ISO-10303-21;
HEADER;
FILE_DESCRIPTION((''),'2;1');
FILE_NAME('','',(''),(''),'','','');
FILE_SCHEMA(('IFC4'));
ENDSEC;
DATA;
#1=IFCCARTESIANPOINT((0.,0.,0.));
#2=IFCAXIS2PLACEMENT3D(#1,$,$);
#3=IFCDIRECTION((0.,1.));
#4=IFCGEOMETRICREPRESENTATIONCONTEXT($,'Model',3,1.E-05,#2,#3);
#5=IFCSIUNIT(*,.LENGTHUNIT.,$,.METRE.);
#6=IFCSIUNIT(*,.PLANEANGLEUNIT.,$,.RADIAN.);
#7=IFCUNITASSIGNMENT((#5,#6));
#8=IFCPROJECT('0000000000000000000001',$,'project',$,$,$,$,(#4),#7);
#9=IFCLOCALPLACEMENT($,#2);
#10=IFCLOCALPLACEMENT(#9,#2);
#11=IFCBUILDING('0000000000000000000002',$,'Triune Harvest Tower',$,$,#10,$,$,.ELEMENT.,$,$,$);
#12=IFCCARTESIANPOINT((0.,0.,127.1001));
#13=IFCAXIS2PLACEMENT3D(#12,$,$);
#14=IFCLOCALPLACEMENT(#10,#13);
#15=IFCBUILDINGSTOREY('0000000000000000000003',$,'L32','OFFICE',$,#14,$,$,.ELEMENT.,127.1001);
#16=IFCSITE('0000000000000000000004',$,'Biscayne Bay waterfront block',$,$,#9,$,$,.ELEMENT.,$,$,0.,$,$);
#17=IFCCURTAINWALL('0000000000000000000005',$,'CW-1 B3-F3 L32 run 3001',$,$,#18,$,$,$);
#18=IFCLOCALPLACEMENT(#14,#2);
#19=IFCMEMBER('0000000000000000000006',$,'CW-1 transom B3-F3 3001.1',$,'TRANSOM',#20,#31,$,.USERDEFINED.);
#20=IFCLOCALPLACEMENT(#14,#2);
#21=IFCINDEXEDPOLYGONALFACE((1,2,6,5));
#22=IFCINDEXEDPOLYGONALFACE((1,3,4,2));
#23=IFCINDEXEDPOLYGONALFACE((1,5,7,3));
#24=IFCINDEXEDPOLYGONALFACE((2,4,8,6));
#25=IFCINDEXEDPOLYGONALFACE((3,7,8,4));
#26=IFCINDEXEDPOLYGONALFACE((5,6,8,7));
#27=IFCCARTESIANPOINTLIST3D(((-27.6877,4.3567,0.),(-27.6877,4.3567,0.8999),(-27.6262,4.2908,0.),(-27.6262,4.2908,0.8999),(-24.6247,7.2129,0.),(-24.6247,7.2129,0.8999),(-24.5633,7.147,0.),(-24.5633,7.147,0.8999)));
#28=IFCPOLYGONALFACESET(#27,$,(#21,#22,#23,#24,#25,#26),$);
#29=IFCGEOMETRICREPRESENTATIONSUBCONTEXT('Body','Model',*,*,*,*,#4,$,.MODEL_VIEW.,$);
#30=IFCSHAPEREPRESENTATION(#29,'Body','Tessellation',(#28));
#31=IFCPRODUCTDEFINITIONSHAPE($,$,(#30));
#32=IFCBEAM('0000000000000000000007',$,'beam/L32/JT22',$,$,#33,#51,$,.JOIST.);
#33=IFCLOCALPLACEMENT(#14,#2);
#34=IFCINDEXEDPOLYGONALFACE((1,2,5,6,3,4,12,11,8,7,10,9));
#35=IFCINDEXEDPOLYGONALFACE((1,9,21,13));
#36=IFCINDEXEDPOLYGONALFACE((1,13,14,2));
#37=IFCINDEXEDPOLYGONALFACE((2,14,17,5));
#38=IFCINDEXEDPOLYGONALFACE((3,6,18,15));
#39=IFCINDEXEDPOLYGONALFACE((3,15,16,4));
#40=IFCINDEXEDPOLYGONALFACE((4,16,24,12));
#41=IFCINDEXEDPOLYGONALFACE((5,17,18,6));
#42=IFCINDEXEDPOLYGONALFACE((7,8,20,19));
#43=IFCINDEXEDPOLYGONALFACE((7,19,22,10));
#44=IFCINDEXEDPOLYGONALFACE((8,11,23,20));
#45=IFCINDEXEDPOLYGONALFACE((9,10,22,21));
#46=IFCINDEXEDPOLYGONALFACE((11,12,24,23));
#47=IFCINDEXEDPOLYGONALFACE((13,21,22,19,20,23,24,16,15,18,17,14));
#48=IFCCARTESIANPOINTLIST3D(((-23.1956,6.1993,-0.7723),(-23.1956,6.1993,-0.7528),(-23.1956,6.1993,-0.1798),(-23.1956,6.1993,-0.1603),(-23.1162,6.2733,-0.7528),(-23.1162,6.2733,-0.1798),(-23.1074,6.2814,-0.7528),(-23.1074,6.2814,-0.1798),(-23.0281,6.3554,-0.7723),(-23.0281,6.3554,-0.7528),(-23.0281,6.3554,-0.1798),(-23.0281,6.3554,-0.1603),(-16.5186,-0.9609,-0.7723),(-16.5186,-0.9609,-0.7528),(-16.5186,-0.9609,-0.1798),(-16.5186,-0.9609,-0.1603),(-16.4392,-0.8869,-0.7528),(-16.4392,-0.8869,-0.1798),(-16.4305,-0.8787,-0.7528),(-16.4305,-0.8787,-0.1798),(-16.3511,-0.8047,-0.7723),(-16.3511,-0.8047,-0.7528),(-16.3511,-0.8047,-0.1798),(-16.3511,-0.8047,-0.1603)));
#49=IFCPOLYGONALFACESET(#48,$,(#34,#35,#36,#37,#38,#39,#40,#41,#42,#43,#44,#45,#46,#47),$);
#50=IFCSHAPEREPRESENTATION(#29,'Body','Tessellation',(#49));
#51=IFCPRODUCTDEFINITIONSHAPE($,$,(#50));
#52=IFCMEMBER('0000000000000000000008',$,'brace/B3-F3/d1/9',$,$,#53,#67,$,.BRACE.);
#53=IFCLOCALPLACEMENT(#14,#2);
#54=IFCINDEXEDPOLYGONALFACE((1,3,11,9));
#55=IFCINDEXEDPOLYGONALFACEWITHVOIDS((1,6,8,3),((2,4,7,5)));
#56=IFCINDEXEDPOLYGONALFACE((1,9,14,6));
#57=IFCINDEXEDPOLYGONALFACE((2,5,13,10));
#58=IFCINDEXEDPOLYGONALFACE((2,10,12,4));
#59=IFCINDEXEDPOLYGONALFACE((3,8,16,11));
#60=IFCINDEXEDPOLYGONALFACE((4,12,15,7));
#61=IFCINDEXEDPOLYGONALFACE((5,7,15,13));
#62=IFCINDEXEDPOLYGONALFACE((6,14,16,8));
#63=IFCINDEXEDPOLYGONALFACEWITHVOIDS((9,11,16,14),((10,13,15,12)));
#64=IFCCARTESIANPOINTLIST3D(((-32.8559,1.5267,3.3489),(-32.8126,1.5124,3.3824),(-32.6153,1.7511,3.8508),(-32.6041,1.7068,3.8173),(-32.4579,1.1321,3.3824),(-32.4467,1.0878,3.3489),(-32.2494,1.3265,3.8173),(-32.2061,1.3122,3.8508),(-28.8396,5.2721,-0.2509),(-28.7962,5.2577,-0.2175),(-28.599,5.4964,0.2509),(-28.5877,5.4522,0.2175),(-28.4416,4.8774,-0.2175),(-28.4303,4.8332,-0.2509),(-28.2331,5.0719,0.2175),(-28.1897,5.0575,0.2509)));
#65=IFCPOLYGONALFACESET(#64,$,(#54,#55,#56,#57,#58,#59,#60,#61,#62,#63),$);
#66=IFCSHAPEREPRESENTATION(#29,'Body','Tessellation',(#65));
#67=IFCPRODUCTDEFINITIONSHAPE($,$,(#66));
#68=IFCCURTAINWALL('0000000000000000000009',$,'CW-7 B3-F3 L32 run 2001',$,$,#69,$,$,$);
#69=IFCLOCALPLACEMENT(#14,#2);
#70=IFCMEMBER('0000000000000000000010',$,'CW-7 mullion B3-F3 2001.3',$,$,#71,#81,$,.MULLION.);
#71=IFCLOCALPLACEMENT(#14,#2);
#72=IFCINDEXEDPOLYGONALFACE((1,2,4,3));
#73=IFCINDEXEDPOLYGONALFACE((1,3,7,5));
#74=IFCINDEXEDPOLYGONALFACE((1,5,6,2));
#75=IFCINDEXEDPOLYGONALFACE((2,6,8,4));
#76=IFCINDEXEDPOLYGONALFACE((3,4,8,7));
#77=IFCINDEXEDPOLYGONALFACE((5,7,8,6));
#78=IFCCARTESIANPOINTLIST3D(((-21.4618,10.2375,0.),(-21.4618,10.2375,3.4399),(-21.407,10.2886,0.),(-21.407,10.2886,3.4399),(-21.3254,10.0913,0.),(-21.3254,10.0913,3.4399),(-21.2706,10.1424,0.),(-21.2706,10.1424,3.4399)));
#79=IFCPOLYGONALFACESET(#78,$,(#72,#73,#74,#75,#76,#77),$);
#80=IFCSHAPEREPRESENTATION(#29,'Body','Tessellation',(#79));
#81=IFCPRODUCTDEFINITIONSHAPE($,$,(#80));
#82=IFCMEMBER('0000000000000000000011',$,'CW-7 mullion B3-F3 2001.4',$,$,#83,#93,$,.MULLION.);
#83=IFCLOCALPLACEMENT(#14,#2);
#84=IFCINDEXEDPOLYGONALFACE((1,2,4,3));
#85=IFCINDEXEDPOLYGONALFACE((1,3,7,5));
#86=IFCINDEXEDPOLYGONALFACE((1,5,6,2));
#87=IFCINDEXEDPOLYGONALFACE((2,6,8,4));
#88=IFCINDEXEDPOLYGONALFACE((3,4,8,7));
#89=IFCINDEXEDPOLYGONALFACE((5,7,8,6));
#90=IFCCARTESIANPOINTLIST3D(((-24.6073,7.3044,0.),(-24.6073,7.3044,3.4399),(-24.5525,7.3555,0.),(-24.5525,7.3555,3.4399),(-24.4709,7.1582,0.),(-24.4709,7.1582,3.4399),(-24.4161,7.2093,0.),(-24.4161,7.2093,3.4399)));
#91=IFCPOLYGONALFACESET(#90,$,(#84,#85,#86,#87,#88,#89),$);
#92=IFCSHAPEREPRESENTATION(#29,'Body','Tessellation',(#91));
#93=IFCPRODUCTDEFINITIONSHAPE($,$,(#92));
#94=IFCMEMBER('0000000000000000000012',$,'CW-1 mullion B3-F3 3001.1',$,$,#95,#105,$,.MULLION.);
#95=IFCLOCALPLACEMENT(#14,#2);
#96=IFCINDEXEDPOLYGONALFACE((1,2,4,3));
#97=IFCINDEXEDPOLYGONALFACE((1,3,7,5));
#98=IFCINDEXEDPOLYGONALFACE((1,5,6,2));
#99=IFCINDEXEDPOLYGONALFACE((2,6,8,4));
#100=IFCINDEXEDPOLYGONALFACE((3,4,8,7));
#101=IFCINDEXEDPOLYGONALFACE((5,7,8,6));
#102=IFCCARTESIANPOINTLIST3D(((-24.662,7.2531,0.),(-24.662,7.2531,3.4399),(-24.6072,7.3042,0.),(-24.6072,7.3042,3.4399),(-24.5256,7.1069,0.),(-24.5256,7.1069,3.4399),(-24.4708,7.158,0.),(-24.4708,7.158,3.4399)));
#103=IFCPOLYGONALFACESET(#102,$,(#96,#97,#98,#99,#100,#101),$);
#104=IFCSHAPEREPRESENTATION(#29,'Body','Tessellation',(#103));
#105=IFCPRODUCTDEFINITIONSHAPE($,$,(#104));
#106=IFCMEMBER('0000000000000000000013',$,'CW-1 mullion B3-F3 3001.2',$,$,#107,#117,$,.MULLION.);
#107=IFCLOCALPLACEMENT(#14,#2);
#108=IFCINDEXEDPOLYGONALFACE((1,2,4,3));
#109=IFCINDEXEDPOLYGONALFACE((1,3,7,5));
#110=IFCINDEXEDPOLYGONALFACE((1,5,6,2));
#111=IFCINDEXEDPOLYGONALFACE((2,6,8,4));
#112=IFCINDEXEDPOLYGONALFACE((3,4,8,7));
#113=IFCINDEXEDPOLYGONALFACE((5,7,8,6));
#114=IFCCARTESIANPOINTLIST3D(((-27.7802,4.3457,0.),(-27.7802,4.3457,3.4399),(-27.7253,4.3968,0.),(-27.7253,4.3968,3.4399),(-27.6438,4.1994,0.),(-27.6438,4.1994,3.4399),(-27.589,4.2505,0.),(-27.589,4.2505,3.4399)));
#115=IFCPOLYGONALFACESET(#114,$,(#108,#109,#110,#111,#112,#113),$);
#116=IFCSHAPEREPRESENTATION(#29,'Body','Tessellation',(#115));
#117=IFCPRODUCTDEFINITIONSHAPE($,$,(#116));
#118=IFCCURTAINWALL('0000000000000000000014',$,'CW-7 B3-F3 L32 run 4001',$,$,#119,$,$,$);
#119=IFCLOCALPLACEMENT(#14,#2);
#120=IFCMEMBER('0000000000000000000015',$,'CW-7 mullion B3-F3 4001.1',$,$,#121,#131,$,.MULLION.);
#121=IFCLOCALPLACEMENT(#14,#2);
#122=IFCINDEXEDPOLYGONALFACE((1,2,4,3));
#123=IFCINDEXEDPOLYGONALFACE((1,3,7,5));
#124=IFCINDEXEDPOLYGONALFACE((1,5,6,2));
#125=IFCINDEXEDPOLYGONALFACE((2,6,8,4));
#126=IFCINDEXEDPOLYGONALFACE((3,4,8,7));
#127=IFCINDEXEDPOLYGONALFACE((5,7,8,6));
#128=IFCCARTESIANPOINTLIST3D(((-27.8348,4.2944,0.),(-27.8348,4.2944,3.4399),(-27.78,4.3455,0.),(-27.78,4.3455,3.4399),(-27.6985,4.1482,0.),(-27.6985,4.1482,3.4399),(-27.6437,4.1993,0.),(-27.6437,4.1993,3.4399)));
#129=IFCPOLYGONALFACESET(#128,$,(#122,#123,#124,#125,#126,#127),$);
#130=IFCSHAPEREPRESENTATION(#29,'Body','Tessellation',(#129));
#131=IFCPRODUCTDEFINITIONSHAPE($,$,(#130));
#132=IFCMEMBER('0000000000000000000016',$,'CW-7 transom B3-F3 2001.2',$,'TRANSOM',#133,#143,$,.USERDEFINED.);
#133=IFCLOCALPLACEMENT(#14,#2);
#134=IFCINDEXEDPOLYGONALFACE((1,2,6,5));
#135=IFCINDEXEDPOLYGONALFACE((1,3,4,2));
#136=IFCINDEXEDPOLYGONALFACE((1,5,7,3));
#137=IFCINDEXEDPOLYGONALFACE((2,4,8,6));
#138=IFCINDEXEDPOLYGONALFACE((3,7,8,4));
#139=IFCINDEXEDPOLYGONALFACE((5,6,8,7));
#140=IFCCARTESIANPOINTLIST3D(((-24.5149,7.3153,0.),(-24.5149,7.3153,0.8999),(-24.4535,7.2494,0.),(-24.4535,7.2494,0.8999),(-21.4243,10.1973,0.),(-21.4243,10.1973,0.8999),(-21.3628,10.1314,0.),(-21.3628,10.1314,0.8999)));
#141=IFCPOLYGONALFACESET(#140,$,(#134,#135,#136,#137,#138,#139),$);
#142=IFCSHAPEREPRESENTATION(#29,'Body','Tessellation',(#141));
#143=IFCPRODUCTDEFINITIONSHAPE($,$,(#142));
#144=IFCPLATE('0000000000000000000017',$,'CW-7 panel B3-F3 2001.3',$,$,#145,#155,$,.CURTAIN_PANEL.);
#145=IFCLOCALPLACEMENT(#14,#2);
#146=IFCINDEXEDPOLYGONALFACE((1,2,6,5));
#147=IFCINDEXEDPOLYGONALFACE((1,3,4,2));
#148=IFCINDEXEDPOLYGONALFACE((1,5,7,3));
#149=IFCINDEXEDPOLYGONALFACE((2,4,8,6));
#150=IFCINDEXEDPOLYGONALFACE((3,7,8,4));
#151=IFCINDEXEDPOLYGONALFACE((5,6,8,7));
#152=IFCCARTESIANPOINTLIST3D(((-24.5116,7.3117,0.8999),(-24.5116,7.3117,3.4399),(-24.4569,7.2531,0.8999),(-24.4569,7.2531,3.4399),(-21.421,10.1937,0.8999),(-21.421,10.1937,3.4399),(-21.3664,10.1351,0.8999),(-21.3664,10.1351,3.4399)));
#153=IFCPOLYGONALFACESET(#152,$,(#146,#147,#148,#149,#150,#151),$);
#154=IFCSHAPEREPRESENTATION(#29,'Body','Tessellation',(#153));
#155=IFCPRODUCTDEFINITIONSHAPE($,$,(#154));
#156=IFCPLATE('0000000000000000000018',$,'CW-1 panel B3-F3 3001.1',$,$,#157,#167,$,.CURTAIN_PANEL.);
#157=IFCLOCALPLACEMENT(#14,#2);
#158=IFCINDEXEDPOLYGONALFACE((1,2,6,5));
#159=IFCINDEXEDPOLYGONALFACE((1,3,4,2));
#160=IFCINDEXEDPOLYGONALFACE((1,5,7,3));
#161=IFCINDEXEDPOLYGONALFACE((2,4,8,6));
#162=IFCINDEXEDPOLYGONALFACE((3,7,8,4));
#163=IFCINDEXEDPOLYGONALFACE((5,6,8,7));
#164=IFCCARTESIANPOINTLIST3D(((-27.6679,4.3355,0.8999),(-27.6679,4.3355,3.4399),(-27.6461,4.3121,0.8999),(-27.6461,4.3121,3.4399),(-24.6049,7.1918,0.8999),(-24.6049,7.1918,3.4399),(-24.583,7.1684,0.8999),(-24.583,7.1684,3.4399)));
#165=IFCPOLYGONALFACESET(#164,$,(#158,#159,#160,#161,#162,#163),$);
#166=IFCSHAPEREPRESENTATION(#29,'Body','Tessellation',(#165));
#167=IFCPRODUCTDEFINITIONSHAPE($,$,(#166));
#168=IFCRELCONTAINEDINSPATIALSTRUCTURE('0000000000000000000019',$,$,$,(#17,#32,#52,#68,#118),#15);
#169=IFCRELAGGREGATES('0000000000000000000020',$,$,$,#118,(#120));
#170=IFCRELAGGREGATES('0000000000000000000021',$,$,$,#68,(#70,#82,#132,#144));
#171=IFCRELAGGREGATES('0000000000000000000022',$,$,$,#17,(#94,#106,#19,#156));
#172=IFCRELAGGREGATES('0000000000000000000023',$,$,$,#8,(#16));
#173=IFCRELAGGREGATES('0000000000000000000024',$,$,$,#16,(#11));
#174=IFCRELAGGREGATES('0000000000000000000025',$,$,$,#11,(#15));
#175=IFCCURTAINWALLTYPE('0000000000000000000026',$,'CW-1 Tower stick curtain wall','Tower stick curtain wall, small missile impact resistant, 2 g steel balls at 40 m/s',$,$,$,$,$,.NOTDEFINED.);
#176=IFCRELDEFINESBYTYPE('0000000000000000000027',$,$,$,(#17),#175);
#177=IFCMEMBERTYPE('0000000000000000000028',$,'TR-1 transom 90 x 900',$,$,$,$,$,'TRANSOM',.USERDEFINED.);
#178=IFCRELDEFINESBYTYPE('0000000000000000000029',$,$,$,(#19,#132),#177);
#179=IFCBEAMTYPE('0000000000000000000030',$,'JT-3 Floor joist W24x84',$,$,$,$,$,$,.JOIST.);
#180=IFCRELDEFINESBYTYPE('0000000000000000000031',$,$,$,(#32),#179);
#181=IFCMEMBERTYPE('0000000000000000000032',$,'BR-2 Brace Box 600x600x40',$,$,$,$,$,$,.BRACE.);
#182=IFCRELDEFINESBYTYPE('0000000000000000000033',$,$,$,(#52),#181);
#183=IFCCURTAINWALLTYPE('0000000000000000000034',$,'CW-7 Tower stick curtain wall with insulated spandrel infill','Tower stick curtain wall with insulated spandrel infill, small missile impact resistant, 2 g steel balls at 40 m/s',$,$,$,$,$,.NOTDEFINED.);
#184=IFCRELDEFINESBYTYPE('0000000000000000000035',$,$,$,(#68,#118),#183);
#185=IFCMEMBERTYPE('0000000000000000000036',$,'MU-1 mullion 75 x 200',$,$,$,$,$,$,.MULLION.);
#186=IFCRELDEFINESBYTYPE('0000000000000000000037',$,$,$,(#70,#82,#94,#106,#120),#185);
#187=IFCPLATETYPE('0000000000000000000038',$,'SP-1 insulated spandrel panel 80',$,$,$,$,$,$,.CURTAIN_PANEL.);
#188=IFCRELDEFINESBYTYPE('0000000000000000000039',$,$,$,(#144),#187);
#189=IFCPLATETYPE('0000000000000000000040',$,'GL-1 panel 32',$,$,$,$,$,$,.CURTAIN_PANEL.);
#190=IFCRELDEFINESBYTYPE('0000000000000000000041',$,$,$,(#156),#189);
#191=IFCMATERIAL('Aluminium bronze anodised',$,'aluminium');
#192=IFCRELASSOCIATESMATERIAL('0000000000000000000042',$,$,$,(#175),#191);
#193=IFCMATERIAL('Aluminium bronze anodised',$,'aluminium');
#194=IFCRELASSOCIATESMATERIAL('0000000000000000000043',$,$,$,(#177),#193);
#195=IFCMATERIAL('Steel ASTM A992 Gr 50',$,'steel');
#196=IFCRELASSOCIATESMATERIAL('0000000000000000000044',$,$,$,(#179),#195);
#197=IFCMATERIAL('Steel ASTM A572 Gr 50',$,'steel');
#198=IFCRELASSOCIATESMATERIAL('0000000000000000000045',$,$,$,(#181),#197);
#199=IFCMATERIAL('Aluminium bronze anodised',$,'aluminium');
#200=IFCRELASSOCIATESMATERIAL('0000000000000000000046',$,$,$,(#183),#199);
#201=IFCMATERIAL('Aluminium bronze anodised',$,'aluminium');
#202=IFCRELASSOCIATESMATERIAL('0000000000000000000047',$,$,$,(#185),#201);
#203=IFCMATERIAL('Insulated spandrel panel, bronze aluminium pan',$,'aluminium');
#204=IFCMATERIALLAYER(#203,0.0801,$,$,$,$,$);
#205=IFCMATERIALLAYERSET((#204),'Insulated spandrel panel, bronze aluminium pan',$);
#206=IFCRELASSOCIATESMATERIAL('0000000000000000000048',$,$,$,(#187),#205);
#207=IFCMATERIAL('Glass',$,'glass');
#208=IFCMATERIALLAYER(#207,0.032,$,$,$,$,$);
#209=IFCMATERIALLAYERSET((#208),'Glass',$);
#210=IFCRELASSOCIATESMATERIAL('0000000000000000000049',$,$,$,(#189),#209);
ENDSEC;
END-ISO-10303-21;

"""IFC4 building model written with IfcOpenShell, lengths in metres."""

from ifc_helpers import new_model, si_unit, direction, frame, origin, origin_2d, place, context, subcontext, project, spatial, rectangle, hollow_rectangle, i_section, extrude, source, transform, mapped, material, layer, layer_set, material_profile, profile_set, type_object, element, aggregate, save


model = new_model("IFC4")

# Units and contexts
model_context = context("Model", 3, precision=1e-05, world=origin(), true_north=direction((0.0, 1.0)))
body_context = subcontext(model_context, "Body", "Model", "MODEL_VIEW")
ifc_project = project(units=[si_unit("LENGTHUNIT", "METRE"), si_unit("PLANEANGLEUNIT", "RADIAN")], contexts=[model_context])

# Site, building, storey
site_placement = place(None, origin())
site = spatial("IfcSite", under=ifc_project, at=site_placement, Name="Biscayne Bay waterfront block", CompositionType="ELEMENT", RefElevation=0.0)
building_placement = place(site_placement, origin())
building = spatial("IfcBuilding", under=site, at=building_placement, Name="Triune Harvest Tower", CompositionType="ELEMENT")
storey_placement = place(building_placement, frame((0.0, 0.0, 127.1001)))
storey = spatial("IfcBuildingStorey", under=building, at=storey_placement, Name="L32", Description="OFFICE", CompositionType="ELEMENT", Elevation=127.1001)

# Curtain wall, member
ifc_material_1 = material(Name="Aluminium bronze anodised", Category="aluminium")
curtain_wall_type_1 = type_object("IfcCurtainWallType", Name="CW-1 Tower stick curtain wall", Description="Tower stick curtain wall, small missile impact resistant, 2 g steel balls at 40 m/s", PredefinedType="NOTDEFINED", material=ifc_material_1)
curtain_wall_1_placement = place(storey_placement, origin())
curtain_wall_1 = element("IfcCurtainWall", 1, at=curtain_wall_1_placement, inside=storey, type_object=curtain_wall_type_1, Name="CW-1 B3-F3 L32 run 3001")
ifc_material_2 = material(Name="Aluminium bronze anodised", Category="aluminium")
ifc_material_profile_1 = material_profile(ifc_material_2, rectangle(XDim=0.0901, YDim=0.8999, at=origin_2d()), Name="TR-1 transom 90 x 900")
ifc_profile_set_1 = profile_set([ifc_material_profile_1], Name="Aluminium bronze anodised")
member_type_1 = type_object("IfcMemberType", Name="TR-1 transom 90 x 900", ElementType="TRANSOM", PredefinedType="USERDEFINED", material=ifc_profile_set_1)
member_1_placement = place(storey_placement, frame((-24.594, 7.1799, 0.45), z_axis=(-0.731363, -0.681988, 0.0), x_axis=(0.681988, -0.731363, 0.0)))
member_1 = element("IfcMember", 2, at=member_1_placement, type_object=member_type_1, Name="CW-1 transom B3-F3 3001.1", ObjectType="TRANSOM", PredefinedType="USERDEFINED", context=body_context, shape_type="SweptSolid", body=[
    extrude(rectangle(XDim=0.0901, YDim=0.8999, at=origin_2d()), origin(), (0.0, 0.0, 1.0), 4.188),
])

# Beam
ifc_material_3 = material(Name="Steel ASTM A992 Gr 50", Category="steel")
ifc_material_profile_2 = material_profile(ifc_material_3, i_section(OverallWidth=0.229, OverallDepth=0.6121, WebThickness=0.012, FlangeThickness=0.0195, at=origin_2d()), Name="W24x84")
ifc_profile_set_2 = profile_set([ifc_material_profile_2], Name="Steel ASTM A992 Gr 50")
beam_type = type_object("IfcBeamType", Name="JT-3 Floor joist W24x84", PredefinedType="JOIST", material=ifc_profile_set_2)
shared_shape_1 = source(origin(), body_context, "Body", "SweptSolid", [
    extrude(i_section(OverallWidth=0.229, OverallDepth=0.6121, WebThickness=0.012, FlangeThickness=0.0195, at=origin_2d()), origin(), (0.0, 0.0, 1.0), 9.7903),
])
beam_placement = place(storey_placement, frame((-23.1118, 6.2773, -0.4663), z_axis=(0.682001, -0.731351, 0.0), x_axis=(0.731351, 0.682001, 0.0)))
element("IfcBeam", 3, at=beam_placement, inside=storey, type_object=beam_type, Name="beam/L32/JT22", PredefinedType="JOIST", context=body_context, shape_type="MappedRepresentation", body=[
    mapped(shared_shape_1, transform((0.0, 0.0, 0.0), scale=1.0)),
])

# Member
ifc_material_4 = material(Name="Steel ASTM A572 Gr 50", Category="steel")
ifc_material_profile_3 = material_profile(ifc_material_4, hollow_rectangle(XDim=0.6001, YDim=0.6001, WallThickness=0.04, at=origin_2d()), Name="Box 600x600x40")
ifc_profile_set_3 = profile_set([ifc_material_profile_3], Name="Steel ASTM A572 Gr 50")
member_type_2 = type_object("IfcMemberType", Name="BR-2 Brace Box 600x600x40", PredefinedType="BRACE", material=ifc_profile_set_3)
shared_shape_2 = source(origin(), body_context, "Body", "SweptSolid", [
    extrude(hollow_rectangle(XDim=0.6001, YDim=0.6001, WallThickness=0.04, at=origin_2d()), origin(), (0.0, 0.0, 1.0), 6.5664),
])
member_2_placement = place(storey_placement, frame((-28.5146, 5.1648, 0.0), z_axis=(-0.611651, -0.570381, 0.548222), x_axis=(0.682003, -0.731349, 0.0)))
element("IfcMember", 4, at=member_2_placement, inside=storey, type_object=member_type_2, Name="brace/B3-F3/d1/9", PredefinedType="BRACE", context=body_context, shape_type="MappedRepresentation", body=[
    mapped(shared_shape_2, transform((0.0, 0.0, 0.0), scale=1.0)),
])

# Curtain wall, members
ifc_material_5 = material(Name="Aluminium bronze anodised", Category="aluminium")
curtain_wall_type_2 = type_object("IfcCurtainWallType", Name="CW-7 Tower stick curtain wall with insulated spandrel infill", Description="Tower stick curtain wall with insulated spandrel infill, small missile impact resistant, 2 g steel balls at 40 m/s", PredefinedType="NOTDEFINED", material=ifc_material_5)
curtain_wall_2_placement = place(storey_placement, origin())
curtain_wall_2 = element("IfcCurtainWall", 5, at=curtain_wall_2_placement, inside=storey, type_object=curtain_wall_type_2, Name="CW-7 B3-F3 L32 run 2001")
ifc_material_6 = material(Name="Aluminium bronze anodised", Category="aluminium")
ifc_material_profile_4 = material_profile(ifc_material_6, rectangle(XDim=0.2, YDim=0.075, at=origin_2d()), Name="MU-1 mullion 75 x 200")
ifc_profile_set_4 = profile_set([ifc_material_profile_4], Name="Aluminium bronze anodised")
member_type_3 = type_object("IfcMemberType", Name="MU-1 mullion 75 x 200", PredefinedType="MULLION", material=ifc_profile_set_4)
shared_shape_3 = source(origin(), body_context, "Body", "SweptSolid", [
    extrude(rectangle(XDim=0.2, YDim=0.075, at=origin_2d()), origin(), (0.0, 0.0, 1.0), 3.4399),
])
member_3_placement = place(storey_placement, frame((-21.3662, 10.1899, 0.0), z_axis=(0.0, 0.0, 1.0), x_axis=(0.681997, -0.731355, 0.0)))
member_3 = element("IfcMember", 6, at=member_3_placement, type_object=member_type_3, Name="CW-7 mullion B3-F3 2001.3", PredefinedType="MULLION", context=body_context, shape_type="MappedRepresentation", body=[
    mapped(shared_shape_3, transform((0.0, 0.0, 0.0), scale=1.0)),
])
member_4_placement = place(storey_placement, frame((-24.5117, 7.2568, 0.0), z_axis=(0.0, 0.0, 1.0), x_axis=(0.681997, -0.731355, 0.0)))
member_4 = element("IfcMember", 7, at=member_4_placement, type_object=member_type_3, Name="CW-7 mullion B3-F3 2001.4", PredefinedType="MULLION", context=body_context, shape_type="MappedRepresentation", body=[
    mapped(shared_shape_3, transform((0.0, 0.0, 0.0), scale=1.0)),
])

# Members
member_5_placement = place(storey_placement, frame((-24.5664, 7.2056, 0.0), z_axis=(0.0, 0.0, 1.0), x_axis=(0.682, -0.731352, 0.0)))
member_5 = element("IfcMember", 8, at=member_5_placement, type_object=member_type_3, Name="CW-1 mullion B3-F3 3001.1", PredefinedType="MULLION", context=body_context, shape_type="MappedRepresentation", body=[
    mapped(shared_shape_3, transform((0.0, 0.0, 0.0), scale=1.0)),
])
member_6_placement = place(storey_placement, frame((-27.6846, 4.2981, 0.0), z_axis=(0.0, 0.0, 1.0), x_axis=(0.682, -0.731352, 0.0)))
member_6 = element("IfcMember", 9, at=member_6_placement, type_object=member_type_3, Name="CW-1 mullion B3-F3 3001.2", PredefinedType="MULLION", context=body_context, shape_type="MappedRepresentation", body=[
    mapped(shared_shape_3, transform((0.0, 0.0, 0.0), scale=1.0)),
])

# Curtain wall, member
curtain_wall_3_placement = place(storey_placement, origin())
curtain_wall_3 = element("IfcCurtainWall", 10, at=curtain_wall_3_placement, inside=storey, type_object=curtain_wall_type_2, Name="CW-7 B3-F3 L32 run 4001")
member_7_placement = place(storey_placement, frame((-27.7393, 4.2468, 0.0), z_axis=(0.0, 0.0, 1.0), x_axis=(0.681998, -0.731354, 0.0)))
member_7 = element("IfcMember", 11, at=member_7_placement, type_object=member_type_3, Name="CW-7 mullion B3-F3 4001.1", PredefinedType="MULLION", context=body_context, shape_type="MappedRepresentation", body=[
    mapped(shared_shape_3, transform((0.0, 0.0, 0.0), scale=1.0)),
])
aggregate(curtain_wall_3, [member_7])

# Member
shared_shape_4 = source(origin(), body_context, "Body", "SweptSolid", [
    extrude(rectangle(XDim=0.0901, YDim=0.8999, at=origin_2d()), origin(), (0.0, 0.0, 1.0), 4.2258),
])
member_8_placement = place(storey_placement, frame((-21.3936, 10.1643, 0.45), z_axis=(-0.731374, -0.681976, 0.0), x_axis=(0.681976, -0.731374, 0.0)))
member_8 = element("IfcMember", 12, at=member_8_placement, type_object=member_type_1, Name="CW-7 transom B3-F3 2001.2", ObjectType="TRANSOM", PredefinedType="USERDEFINED", context=body_context, shape_type="MappedRepresentation", body=[
    mapped(shared_shape_4, transform((0.0, 0.0, 0.0), scale=1.0)),
])

# Plates
ifc_material_7 = material(Name="Insulated spandrel panel, bronze aluminium pan", Category="aluminium")
ifc_layer_1 = layer(ifc_material_7, 0.0801)
ifc_layer_set_1 = layer_set([ifc_layer_1], Name="Insulated spandrel panel, bronze aluminium pan")
plate_type_1 = type_object("IfcPlateType", Name="SP-1 insulated spandrel panel 80", PredefinedType="CURTAIN_PANEL", material=ifc_layer_set_1)
shared_shape_5 = source(origin(), body_context, "Body", "SweptSolid", [
    extrude(rectangle(XDim=4.2258, YDim=0.0801, at=origin_2d()), origin(), (0.0, 0.0, 1.0), 2.54),
])
plate_1_placement = place(storey_placement, frame((-22.939, 8.7234, 0.8999), z_axis=(0.0, 0.0, 1.0), x_axis=(-0.731355, -0.681997, 0.0)))
plate_1 = element("IfcPlate", 13, at=plate_1_placement, type_object=plate_type_1, Name="CW-7 panel B3-F3 2001.3", PredefinedType="CURTAIN_PANEL", context=body_context, shape_type="MappedRepresentation", body=[
    mapped(shared_shape_5, transform((0.0, 0.0, 0.0), scale=1.0)),
])
aggregate(curtain_wall_2, [member_3, member_4, member_8, plate_1])
ifc_material_8 = material(Name="Glass", Category="glass")
ifc_layer_2 = layer(ifc_material_8, 0.032)
ifc_layer_set_2 = layer_set([ifc_layer_2], Name="Glass")
plate_type_2 = type_object("IfcPlateType", Name="GL-1 panel 32", PredefinedType="CURTAIN_PANEL", material=ifc_layer_set_2)
shared_shape_6 = source(origin(), body_context, "Body", "SweptSolid", [
    extrude(rectangle(XDim=4.1882, YDim=0.032, at=origin_2d()), origin(), (0.0, 0.0, 1.0), 2.54),
])
plate_2_placement = place(storey_placement, frame((-26.1255, 5.752, 0.8999), z_axis=(0.0, 0.0, 1.0), x_axis=(-0.731352, -0.682, 0.0)))
plate_2 = element("IfcPlate", 14, at=plate_2_placement, type_object=plate_type_2, Name="CW-1 panel B3-F3 3001.1", PredefinedType="CURTAIN_PANEL", context=body_context, shape_type="MappedRepresentation", body=[
    mapped(shared_shape_6, transform((0.0, 0.0, 0.0), scale=1.0)),
])
aggregate(curtain_wall_1, [member_5, member_6, member_1, plate_2])

save(model, "model.ifc")
